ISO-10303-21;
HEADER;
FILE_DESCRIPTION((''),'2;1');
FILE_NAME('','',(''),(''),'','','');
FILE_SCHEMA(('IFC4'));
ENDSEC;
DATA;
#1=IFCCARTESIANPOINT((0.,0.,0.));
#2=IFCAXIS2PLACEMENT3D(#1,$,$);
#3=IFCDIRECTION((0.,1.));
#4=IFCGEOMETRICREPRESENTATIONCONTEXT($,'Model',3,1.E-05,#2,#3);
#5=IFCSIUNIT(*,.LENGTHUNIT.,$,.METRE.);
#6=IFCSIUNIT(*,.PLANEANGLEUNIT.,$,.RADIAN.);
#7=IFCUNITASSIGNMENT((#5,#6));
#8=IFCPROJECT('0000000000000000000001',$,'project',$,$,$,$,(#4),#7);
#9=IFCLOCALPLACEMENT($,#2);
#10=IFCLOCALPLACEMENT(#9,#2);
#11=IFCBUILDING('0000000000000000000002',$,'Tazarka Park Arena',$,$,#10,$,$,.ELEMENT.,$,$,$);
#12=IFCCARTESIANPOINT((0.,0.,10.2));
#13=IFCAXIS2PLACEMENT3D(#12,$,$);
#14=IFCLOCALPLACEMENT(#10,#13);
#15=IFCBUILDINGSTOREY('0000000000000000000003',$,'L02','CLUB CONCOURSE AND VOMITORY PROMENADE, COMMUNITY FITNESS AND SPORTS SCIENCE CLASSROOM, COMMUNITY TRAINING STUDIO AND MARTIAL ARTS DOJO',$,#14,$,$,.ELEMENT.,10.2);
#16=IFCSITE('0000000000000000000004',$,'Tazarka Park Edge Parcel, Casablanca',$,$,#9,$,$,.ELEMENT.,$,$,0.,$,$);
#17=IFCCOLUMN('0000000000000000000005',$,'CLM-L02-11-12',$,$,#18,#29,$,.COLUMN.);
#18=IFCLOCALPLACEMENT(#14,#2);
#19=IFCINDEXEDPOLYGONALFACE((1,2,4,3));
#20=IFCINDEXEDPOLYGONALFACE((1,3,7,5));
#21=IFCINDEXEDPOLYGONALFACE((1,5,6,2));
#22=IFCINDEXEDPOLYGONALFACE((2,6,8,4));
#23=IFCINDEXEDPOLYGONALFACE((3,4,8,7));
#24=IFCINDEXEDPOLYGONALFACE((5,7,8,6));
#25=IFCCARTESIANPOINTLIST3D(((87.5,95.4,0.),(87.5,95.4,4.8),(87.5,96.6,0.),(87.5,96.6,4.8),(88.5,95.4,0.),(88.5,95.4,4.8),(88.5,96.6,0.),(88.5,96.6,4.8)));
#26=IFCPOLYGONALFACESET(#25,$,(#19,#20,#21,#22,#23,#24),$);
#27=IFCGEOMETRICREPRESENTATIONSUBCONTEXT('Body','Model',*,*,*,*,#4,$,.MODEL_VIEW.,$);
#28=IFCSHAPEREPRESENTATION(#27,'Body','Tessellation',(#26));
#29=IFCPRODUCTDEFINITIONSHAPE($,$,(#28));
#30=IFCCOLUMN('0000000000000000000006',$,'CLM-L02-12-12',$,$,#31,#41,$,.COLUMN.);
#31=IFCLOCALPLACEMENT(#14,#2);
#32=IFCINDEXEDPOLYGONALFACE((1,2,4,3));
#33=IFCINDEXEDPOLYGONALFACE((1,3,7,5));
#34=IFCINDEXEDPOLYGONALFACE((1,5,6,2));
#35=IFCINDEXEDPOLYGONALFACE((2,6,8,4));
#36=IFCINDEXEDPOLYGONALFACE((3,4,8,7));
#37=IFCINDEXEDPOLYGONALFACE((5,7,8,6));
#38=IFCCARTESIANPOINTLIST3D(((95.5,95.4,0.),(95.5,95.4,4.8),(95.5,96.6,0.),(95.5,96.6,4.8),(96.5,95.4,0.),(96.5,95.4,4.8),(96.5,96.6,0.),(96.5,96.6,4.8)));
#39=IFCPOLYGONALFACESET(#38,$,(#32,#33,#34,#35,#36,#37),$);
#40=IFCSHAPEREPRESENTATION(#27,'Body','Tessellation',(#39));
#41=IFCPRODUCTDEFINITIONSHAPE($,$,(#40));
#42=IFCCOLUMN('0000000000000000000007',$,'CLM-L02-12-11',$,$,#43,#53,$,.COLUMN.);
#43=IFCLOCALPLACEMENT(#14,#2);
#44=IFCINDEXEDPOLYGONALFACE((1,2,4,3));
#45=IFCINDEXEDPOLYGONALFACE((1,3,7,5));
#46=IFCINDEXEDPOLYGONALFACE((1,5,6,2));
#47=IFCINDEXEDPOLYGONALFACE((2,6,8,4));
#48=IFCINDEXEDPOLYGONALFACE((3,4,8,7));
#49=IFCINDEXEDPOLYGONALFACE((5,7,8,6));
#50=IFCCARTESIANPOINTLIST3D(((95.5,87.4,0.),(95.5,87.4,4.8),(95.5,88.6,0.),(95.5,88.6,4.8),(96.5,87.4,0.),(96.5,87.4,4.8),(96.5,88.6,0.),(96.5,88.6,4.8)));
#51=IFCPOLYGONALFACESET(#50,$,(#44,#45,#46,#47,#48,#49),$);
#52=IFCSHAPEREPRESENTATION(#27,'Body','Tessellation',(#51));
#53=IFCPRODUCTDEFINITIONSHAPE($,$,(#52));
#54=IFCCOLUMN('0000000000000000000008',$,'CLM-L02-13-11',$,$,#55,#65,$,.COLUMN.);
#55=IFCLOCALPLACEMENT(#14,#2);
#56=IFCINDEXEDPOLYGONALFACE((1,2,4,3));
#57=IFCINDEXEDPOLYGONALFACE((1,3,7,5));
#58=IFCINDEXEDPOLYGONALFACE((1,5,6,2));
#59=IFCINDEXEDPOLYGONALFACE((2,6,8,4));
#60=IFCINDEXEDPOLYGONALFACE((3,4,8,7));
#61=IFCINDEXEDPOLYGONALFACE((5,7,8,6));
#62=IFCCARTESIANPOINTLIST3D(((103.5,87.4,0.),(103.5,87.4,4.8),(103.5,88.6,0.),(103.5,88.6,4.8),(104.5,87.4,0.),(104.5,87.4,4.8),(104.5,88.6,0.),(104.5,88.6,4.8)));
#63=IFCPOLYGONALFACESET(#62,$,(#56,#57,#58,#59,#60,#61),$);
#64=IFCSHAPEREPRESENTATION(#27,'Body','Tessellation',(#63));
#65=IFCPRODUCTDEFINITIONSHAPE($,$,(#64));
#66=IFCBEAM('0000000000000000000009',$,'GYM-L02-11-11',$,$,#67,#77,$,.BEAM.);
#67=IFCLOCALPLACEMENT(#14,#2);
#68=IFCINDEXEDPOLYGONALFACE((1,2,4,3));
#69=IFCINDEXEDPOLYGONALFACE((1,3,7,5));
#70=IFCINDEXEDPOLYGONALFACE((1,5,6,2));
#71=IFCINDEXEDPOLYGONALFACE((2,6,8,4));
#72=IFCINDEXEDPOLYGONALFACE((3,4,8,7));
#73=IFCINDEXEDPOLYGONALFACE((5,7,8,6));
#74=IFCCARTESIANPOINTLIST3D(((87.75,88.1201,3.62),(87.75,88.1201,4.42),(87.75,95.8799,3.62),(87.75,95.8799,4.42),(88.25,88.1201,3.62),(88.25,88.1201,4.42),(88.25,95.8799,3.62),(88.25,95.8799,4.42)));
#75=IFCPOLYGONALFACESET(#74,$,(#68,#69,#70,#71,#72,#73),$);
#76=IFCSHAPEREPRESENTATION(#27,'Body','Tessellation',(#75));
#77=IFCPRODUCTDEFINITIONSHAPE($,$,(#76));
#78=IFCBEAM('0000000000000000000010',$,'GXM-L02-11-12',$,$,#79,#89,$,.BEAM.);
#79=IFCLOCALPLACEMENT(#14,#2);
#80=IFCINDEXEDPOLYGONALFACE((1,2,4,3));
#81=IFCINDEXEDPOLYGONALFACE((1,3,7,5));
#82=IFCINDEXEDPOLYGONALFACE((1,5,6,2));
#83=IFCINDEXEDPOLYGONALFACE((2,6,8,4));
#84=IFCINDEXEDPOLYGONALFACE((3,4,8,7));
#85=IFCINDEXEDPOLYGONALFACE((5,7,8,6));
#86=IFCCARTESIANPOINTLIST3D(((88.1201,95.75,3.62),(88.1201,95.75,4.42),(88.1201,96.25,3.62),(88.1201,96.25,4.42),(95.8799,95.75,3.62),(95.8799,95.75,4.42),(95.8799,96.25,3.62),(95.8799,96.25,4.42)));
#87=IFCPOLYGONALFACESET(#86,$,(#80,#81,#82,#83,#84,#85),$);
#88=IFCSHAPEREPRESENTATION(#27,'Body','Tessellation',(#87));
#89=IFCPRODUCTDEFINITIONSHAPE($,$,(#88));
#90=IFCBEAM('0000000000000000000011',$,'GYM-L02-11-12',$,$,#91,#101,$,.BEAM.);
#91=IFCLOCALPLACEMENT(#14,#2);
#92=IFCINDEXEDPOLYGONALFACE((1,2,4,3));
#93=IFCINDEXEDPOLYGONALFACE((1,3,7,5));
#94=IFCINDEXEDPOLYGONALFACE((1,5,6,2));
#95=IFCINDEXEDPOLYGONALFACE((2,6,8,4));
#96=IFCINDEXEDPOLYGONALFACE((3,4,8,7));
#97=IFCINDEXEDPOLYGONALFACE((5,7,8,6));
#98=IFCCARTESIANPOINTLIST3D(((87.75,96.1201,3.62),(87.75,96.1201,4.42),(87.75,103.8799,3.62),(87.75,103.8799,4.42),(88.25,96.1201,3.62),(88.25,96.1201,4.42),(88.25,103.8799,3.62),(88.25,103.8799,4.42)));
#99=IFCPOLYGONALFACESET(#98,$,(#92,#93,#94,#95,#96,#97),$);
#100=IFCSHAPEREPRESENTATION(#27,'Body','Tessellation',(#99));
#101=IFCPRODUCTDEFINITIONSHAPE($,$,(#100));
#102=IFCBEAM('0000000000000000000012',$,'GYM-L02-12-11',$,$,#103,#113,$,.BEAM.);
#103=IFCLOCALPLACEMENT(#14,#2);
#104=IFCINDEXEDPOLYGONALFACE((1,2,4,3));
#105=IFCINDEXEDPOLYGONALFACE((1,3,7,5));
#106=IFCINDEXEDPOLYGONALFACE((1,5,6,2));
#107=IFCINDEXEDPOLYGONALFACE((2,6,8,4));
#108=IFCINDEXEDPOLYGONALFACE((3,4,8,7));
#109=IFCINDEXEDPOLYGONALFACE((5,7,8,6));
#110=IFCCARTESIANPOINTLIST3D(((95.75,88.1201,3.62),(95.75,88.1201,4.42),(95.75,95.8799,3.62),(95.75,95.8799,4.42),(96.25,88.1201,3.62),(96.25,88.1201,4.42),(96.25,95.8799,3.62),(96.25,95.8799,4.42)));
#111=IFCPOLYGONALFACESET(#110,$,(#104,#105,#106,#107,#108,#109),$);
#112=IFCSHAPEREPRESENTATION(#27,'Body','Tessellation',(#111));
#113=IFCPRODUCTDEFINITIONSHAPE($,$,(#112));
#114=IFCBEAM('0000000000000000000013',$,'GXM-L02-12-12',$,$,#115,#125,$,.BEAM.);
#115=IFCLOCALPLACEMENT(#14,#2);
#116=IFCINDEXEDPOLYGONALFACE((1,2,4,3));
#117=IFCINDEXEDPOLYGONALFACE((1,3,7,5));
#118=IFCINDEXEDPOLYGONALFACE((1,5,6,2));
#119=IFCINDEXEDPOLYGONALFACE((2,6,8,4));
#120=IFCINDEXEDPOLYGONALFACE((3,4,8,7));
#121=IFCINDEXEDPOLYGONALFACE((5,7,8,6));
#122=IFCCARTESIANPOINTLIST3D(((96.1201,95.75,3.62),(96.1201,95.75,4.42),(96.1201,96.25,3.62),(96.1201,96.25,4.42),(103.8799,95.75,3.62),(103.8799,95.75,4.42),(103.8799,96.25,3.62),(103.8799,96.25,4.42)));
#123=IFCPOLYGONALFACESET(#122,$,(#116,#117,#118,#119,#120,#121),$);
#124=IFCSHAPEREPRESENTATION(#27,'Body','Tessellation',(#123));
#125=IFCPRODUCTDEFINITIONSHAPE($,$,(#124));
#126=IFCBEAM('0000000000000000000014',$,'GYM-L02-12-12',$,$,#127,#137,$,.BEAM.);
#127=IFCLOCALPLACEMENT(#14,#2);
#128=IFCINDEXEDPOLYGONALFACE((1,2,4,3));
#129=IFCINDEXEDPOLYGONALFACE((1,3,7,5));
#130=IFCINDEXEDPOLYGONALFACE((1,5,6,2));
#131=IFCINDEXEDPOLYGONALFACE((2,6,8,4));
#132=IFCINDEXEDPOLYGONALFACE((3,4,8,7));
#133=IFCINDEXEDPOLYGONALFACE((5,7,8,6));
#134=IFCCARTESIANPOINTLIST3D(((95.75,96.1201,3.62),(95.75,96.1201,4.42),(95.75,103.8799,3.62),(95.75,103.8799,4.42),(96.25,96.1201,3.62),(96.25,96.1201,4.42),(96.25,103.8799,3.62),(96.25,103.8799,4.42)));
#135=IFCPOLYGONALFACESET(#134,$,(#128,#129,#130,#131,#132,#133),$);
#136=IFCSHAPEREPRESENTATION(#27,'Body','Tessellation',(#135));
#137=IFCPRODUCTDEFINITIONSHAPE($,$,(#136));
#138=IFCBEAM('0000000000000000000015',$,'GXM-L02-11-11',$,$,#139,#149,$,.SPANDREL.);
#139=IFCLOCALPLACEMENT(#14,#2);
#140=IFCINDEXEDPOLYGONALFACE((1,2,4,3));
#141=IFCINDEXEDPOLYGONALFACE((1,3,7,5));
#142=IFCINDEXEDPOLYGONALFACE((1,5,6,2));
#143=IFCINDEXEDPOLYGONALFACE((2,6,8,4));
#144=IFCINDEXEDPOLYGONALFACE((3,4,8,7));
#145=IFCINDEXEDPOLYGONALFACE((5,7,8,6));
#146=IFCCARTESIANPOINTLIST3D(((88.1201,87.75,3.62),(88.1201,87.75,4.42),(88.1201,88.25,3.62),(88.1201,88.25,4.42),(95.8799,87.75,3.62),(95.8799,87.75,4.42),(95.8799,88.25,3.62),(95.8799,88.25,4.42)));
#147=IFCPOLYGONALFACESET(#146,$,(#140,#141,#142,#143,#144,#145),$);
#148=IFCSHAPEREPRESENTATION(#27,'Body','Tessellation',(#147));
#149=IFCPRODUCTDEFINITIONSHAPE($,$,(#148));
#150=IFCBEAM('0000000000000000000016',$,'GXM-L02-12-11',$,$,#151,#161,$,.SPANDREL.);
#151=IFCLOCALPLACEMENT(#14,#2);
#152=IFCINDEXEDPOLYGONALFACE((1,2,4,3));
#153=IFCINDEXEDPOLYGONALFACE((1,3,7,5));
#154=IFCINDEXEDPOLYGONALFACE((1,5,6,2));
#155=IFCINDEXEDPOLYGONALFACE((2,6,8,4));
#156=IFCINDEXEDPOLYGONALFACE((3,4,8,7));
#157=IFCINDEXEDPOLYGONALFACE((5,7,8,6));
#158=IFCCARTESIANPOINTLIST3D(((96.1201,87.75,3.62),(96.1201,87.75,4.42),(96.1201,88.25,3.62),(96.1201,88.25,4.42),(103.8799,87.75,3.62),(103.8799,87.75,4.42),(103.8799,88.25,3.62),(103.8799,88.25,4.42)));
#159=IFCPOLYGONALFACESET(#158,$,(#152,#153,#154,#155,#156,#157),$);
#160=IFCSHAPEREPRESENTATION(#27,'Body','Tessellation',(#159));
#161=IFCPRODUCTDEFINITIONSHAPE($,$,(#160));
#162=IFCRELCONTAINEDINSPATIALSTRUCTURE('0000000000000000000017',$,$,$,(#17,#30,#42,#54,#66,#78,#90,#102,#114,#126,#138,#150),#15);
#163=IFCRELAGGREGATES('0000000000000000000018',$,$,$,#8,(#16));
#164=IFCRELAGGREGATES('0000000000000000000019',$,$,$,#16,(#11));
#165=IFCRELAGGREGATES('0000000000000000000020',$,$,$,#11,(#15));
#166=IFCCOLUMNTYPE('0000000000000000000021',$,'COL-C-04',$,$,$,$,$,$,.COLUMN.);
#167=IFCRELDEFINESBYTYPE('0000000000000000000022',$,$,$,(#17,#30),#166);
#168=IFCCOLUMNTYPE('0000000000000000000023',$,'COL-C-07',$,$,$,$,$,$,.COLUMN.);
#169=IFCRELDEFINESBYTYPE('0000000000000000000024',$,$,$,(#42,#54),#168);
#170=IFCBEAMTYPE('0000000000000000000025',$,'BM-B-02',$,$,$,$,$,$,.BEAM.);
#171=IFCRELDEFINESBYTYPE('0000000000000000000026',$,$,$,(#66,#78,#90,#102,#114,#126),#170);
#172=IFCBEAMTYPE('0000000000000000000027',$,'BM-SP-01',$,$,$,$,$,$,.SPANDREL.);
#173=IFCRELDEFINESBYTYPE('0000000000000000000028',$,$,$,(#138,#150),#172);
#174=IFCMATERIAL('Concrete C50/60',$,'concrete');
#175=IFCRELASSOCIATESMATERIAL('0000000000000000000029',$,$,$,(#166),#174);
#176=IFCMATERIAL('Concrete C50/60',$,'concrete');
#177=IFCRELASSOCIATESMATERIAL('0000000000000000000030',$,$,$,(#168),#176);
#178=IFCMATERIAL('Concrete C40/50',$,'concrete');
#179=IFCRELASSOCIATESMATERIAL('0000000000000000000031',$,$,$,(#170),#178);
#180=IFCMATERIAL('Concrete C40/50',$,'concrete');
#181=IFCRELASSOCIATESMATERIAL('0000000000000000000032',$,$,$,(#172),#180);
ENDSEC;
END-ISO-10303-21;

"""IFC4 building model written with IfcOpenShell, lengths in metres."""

from ifc_helpers import new_model, si_unit, direction, frame, origin, origin_2d, place, context, subcontext, project, spatial, rectangle, extrude, material, material_profile, profile_set, type_object, element, save


model = new_model("IFC4")

# Units and contexts
model_context = context("Model", 3, precision=1e-05, world=origin(), true_north=direction((0.0, 1.0)))
body_context = subcontext(model_context, "Body", "Model", "MODEL_VIEW")
ifc_project = project(units=[si_unit("LENGTHUNIT", "METRE"), si_unit("PLANEANGLEUNIT", "RADIAN")], contexts=[model_context])

# Site, building, storey
site_placement = place(None, origin())
site = spatial("IfcSite", under=ifc_project, at=site_placement, Name="Tazarka Park Edge Parcel, Casablanca", CompositionType="ELEMENT", RefElevation=0.0)
building_placement = place(site_placement, origin())
building = spatial("IfcBuilding", under=site, at=building_placement, Name="Tazarka Park Arena", CompositionType="ELEMENT")
storey_placement = place(building_placement, frame((0.0, 0.0, 10.2)))
storey = spatial("IfcBuildingStorey", under=building, at=storey_placement, Name="L02", Description="CLUB CONCOURSE AND VOMITORY PROMENADE, COMMUNITY FITNESS AND SPORTS SCIENCE CLASSROOM, COMMUNITY TRAINING STUDIO AND MARTIAL ARTS DOJO", CompositionType="ELEMENT", Elevation=10.2)

# Columns
ifc_material_1 = material(Name="Concrete C50/60", Category="concrete")
ifc_material_profile_1 = material_profile(ifc_material_1, rectangle(XDim=1.0, YDim=1.2, at=origin_2d()), Name="Concrete C50/60")
ifc_profile_set_1 = profile_set([ifc_material_profile_1], Name="Concrete C50/60")
column_type_1 = type_object("IfcColumnType", Name="COL-C-04", PredefinedType="COLUMN", material=ifc_profile_set_1)
for number, where, z_axis, x_axis, name in (
    (1, (88.0, 96.0, 0.0), (0.0, 0.0, 1.0), (1.0, 0.0, 0.0), "CLM-L02-11-12"),
    (2, (96.0, 96.0, 0.0), (0.0, 0.0, 1.0), (1.0, 0.0, 0.0), "CLM-L02-12-12"),
):
    element("IfcColumn", number, at=place(storey_placement, frame(where, z_axis=z_axis, x_axis=x_axis)), inside=storey, type_object=column_type_1, Name=name, PredefinedType="COLUMN", context=body_context, shape_type="SweptSolid", body=[
        extrude(rectangle(XDim=1.0, YDim=1.2, at=origin_2d()), origin(), (0.0, 0.0, 1.0), 4.8),
    ])
ifc_material_2 = material(Name="Concrete C50/60", Category="concrete")
ifc_material_profile_2 = material_profile(ifc_material_2, rectangle(XDim=1.0, YDim=1.2, at=origin_2d()), Name="Concrete C50/60")
ifc_profile_set_2 = profile_set([ifc_material_profile_2], Name="Concrete C50/60")
column_type_2 = type_object("IfcColumnType", Name="COL-C-07", PredefinedType="COLUMN", material=ifc_profile_set_2)
for number, where, z_axis, x_axis, name in (
    (3, (96.0, 88.0, 0.0), (0.0, 0.0, 1.0), (1.0, 0.0, 0.0), "CLM-L02-12-11"),
    (4, (104.0, 88.0, 0.0), (0.0, 0.0, 1.0), (1.0, 0.0, 0.0), "CLM-L02-13-11"),
):
    element("IfcColumn", number, at=place(storey_placement, frame(where, z_axis=z_axis, x_axis=x_axis)), inside=storey, type_object=column_type_2, Name=name, PredefinedType="COLUMN", context=body_context, shape_type="SweptSolid", body=[
        extrude(rectangle(XDim=1.0, YDim=1.2, at=origin_2d()), origin(), (0.0, 0.0, 1.0), 4.8),
    ])

# Beams
ifc_material_3 = material(Name="Concrete C40/50", Category="concrete")
ifc_material_profile_3 = material_profile(ifc_material_3, rectangle(XDim=0.5, YDim=0.8, at=origin_2d()), Name="Concrete C40/50")
ifc_profile_set_3 = profile_set([ifc_material_profile_3], Name="Concrete C40/50")
beam_type_1 = type_object("IfcBeamType", Name="BM-B-02", PredefinedType="BEAM", material=ifc_profile_set_3)
for number, where, z_axis, x_axis, name in (
    (5, (88.0, 88.1201, 4.02), (0.0, 1.0, 0.0), (-1.0, 0.0, 0.0), "GYM-L02-11-11"),
    (6, (88.1201, 96.0, 4.02), (1.0, 0.0, 0.0), (0.0, 1.0, 0.0), "GXM-L02-11-12"),
    (7, (88.0, 96.1201, 4.02), (0.0, 1.0, 0.0), (-1.0, 0.0, 0.0), "GYM-L02-11-12"),
    (8, (96.0, 88.1201, 4.02), (0.0, 1.0, 0.0), (-1.0, 0.0, 0.0), "GYM-L02-12-11"),
    (9, (96.1201, 96.0, 4.02), (1.0, 0.0, 0.0), (0.0, 1.0, 0.0), "GXM-L02-12-12"),
    (10, (96.0, 96.1201, 4.02), (0.0, 1.0, 0.0), (-1.0, 0.0, 0.0), "GYM-L02-12-12"),
):
    element("IfcBeam", number, at=place(storey_placement, frame(where, z_axis=z_axis, x_axis=x_axis)), inside=storey, type_object=beam_type_1, Name=name, PredefinedType="BEAM", context=body_context, shape_type="SweptSolid", body=[
        extrude(rectangle(XDim=0.5, YDim=0.8, at=origin_2d()), origin(), (0.0, 0.0, 1.0), 7.7598),
    ])
ifc_material_4 = material(Name="Concrete C40/50", Category="concrete")
ifc_material_profile_4 = material_profile(ifc_material_4, rectangle(XDim=0.5, YDim=0.8, at=origin_2d()), Name="Concrete C40/50")
ifc_profile_set_4 = profile_set([ifc_material_profile_4], Name="Concrete C40/50")
beam_type_2 = type_object("IfcBeamType", Name="BM-SP-01", PredefinedType="SPANDREL", material=ifc_profile_set_4)
for number, where, z_axis, x_axis, name in (
    (11, (88.1201, 88.0, 4.02), (1.0, 0.0, 0.0), (0.0, 1.0, 0.0), "GXM-L02-11-11"),
    (12, (96.1201, 88.0, 4.02), (1.0, 0.0, 0.0), (0.0, 1.0, 0.0), "GXM-L02-12-11"),
):
    element("IfcBeam", number, at=place(storey_placement, frame(where, z_axis=z_axis, x_axis=x_axis)), inside=storey, type_object=beam_type_2, Name=name, PredefinedType="SPANDREL", context=body_context, shape_type="SweptSolid", body=[
        extrude(rectangle(XDim=0.5, YDim=0.8, at=origin_2d()), origin(), (0.0, 0.0, 1.0), 7.7598),
    ])

save(model, "model.ifc")
